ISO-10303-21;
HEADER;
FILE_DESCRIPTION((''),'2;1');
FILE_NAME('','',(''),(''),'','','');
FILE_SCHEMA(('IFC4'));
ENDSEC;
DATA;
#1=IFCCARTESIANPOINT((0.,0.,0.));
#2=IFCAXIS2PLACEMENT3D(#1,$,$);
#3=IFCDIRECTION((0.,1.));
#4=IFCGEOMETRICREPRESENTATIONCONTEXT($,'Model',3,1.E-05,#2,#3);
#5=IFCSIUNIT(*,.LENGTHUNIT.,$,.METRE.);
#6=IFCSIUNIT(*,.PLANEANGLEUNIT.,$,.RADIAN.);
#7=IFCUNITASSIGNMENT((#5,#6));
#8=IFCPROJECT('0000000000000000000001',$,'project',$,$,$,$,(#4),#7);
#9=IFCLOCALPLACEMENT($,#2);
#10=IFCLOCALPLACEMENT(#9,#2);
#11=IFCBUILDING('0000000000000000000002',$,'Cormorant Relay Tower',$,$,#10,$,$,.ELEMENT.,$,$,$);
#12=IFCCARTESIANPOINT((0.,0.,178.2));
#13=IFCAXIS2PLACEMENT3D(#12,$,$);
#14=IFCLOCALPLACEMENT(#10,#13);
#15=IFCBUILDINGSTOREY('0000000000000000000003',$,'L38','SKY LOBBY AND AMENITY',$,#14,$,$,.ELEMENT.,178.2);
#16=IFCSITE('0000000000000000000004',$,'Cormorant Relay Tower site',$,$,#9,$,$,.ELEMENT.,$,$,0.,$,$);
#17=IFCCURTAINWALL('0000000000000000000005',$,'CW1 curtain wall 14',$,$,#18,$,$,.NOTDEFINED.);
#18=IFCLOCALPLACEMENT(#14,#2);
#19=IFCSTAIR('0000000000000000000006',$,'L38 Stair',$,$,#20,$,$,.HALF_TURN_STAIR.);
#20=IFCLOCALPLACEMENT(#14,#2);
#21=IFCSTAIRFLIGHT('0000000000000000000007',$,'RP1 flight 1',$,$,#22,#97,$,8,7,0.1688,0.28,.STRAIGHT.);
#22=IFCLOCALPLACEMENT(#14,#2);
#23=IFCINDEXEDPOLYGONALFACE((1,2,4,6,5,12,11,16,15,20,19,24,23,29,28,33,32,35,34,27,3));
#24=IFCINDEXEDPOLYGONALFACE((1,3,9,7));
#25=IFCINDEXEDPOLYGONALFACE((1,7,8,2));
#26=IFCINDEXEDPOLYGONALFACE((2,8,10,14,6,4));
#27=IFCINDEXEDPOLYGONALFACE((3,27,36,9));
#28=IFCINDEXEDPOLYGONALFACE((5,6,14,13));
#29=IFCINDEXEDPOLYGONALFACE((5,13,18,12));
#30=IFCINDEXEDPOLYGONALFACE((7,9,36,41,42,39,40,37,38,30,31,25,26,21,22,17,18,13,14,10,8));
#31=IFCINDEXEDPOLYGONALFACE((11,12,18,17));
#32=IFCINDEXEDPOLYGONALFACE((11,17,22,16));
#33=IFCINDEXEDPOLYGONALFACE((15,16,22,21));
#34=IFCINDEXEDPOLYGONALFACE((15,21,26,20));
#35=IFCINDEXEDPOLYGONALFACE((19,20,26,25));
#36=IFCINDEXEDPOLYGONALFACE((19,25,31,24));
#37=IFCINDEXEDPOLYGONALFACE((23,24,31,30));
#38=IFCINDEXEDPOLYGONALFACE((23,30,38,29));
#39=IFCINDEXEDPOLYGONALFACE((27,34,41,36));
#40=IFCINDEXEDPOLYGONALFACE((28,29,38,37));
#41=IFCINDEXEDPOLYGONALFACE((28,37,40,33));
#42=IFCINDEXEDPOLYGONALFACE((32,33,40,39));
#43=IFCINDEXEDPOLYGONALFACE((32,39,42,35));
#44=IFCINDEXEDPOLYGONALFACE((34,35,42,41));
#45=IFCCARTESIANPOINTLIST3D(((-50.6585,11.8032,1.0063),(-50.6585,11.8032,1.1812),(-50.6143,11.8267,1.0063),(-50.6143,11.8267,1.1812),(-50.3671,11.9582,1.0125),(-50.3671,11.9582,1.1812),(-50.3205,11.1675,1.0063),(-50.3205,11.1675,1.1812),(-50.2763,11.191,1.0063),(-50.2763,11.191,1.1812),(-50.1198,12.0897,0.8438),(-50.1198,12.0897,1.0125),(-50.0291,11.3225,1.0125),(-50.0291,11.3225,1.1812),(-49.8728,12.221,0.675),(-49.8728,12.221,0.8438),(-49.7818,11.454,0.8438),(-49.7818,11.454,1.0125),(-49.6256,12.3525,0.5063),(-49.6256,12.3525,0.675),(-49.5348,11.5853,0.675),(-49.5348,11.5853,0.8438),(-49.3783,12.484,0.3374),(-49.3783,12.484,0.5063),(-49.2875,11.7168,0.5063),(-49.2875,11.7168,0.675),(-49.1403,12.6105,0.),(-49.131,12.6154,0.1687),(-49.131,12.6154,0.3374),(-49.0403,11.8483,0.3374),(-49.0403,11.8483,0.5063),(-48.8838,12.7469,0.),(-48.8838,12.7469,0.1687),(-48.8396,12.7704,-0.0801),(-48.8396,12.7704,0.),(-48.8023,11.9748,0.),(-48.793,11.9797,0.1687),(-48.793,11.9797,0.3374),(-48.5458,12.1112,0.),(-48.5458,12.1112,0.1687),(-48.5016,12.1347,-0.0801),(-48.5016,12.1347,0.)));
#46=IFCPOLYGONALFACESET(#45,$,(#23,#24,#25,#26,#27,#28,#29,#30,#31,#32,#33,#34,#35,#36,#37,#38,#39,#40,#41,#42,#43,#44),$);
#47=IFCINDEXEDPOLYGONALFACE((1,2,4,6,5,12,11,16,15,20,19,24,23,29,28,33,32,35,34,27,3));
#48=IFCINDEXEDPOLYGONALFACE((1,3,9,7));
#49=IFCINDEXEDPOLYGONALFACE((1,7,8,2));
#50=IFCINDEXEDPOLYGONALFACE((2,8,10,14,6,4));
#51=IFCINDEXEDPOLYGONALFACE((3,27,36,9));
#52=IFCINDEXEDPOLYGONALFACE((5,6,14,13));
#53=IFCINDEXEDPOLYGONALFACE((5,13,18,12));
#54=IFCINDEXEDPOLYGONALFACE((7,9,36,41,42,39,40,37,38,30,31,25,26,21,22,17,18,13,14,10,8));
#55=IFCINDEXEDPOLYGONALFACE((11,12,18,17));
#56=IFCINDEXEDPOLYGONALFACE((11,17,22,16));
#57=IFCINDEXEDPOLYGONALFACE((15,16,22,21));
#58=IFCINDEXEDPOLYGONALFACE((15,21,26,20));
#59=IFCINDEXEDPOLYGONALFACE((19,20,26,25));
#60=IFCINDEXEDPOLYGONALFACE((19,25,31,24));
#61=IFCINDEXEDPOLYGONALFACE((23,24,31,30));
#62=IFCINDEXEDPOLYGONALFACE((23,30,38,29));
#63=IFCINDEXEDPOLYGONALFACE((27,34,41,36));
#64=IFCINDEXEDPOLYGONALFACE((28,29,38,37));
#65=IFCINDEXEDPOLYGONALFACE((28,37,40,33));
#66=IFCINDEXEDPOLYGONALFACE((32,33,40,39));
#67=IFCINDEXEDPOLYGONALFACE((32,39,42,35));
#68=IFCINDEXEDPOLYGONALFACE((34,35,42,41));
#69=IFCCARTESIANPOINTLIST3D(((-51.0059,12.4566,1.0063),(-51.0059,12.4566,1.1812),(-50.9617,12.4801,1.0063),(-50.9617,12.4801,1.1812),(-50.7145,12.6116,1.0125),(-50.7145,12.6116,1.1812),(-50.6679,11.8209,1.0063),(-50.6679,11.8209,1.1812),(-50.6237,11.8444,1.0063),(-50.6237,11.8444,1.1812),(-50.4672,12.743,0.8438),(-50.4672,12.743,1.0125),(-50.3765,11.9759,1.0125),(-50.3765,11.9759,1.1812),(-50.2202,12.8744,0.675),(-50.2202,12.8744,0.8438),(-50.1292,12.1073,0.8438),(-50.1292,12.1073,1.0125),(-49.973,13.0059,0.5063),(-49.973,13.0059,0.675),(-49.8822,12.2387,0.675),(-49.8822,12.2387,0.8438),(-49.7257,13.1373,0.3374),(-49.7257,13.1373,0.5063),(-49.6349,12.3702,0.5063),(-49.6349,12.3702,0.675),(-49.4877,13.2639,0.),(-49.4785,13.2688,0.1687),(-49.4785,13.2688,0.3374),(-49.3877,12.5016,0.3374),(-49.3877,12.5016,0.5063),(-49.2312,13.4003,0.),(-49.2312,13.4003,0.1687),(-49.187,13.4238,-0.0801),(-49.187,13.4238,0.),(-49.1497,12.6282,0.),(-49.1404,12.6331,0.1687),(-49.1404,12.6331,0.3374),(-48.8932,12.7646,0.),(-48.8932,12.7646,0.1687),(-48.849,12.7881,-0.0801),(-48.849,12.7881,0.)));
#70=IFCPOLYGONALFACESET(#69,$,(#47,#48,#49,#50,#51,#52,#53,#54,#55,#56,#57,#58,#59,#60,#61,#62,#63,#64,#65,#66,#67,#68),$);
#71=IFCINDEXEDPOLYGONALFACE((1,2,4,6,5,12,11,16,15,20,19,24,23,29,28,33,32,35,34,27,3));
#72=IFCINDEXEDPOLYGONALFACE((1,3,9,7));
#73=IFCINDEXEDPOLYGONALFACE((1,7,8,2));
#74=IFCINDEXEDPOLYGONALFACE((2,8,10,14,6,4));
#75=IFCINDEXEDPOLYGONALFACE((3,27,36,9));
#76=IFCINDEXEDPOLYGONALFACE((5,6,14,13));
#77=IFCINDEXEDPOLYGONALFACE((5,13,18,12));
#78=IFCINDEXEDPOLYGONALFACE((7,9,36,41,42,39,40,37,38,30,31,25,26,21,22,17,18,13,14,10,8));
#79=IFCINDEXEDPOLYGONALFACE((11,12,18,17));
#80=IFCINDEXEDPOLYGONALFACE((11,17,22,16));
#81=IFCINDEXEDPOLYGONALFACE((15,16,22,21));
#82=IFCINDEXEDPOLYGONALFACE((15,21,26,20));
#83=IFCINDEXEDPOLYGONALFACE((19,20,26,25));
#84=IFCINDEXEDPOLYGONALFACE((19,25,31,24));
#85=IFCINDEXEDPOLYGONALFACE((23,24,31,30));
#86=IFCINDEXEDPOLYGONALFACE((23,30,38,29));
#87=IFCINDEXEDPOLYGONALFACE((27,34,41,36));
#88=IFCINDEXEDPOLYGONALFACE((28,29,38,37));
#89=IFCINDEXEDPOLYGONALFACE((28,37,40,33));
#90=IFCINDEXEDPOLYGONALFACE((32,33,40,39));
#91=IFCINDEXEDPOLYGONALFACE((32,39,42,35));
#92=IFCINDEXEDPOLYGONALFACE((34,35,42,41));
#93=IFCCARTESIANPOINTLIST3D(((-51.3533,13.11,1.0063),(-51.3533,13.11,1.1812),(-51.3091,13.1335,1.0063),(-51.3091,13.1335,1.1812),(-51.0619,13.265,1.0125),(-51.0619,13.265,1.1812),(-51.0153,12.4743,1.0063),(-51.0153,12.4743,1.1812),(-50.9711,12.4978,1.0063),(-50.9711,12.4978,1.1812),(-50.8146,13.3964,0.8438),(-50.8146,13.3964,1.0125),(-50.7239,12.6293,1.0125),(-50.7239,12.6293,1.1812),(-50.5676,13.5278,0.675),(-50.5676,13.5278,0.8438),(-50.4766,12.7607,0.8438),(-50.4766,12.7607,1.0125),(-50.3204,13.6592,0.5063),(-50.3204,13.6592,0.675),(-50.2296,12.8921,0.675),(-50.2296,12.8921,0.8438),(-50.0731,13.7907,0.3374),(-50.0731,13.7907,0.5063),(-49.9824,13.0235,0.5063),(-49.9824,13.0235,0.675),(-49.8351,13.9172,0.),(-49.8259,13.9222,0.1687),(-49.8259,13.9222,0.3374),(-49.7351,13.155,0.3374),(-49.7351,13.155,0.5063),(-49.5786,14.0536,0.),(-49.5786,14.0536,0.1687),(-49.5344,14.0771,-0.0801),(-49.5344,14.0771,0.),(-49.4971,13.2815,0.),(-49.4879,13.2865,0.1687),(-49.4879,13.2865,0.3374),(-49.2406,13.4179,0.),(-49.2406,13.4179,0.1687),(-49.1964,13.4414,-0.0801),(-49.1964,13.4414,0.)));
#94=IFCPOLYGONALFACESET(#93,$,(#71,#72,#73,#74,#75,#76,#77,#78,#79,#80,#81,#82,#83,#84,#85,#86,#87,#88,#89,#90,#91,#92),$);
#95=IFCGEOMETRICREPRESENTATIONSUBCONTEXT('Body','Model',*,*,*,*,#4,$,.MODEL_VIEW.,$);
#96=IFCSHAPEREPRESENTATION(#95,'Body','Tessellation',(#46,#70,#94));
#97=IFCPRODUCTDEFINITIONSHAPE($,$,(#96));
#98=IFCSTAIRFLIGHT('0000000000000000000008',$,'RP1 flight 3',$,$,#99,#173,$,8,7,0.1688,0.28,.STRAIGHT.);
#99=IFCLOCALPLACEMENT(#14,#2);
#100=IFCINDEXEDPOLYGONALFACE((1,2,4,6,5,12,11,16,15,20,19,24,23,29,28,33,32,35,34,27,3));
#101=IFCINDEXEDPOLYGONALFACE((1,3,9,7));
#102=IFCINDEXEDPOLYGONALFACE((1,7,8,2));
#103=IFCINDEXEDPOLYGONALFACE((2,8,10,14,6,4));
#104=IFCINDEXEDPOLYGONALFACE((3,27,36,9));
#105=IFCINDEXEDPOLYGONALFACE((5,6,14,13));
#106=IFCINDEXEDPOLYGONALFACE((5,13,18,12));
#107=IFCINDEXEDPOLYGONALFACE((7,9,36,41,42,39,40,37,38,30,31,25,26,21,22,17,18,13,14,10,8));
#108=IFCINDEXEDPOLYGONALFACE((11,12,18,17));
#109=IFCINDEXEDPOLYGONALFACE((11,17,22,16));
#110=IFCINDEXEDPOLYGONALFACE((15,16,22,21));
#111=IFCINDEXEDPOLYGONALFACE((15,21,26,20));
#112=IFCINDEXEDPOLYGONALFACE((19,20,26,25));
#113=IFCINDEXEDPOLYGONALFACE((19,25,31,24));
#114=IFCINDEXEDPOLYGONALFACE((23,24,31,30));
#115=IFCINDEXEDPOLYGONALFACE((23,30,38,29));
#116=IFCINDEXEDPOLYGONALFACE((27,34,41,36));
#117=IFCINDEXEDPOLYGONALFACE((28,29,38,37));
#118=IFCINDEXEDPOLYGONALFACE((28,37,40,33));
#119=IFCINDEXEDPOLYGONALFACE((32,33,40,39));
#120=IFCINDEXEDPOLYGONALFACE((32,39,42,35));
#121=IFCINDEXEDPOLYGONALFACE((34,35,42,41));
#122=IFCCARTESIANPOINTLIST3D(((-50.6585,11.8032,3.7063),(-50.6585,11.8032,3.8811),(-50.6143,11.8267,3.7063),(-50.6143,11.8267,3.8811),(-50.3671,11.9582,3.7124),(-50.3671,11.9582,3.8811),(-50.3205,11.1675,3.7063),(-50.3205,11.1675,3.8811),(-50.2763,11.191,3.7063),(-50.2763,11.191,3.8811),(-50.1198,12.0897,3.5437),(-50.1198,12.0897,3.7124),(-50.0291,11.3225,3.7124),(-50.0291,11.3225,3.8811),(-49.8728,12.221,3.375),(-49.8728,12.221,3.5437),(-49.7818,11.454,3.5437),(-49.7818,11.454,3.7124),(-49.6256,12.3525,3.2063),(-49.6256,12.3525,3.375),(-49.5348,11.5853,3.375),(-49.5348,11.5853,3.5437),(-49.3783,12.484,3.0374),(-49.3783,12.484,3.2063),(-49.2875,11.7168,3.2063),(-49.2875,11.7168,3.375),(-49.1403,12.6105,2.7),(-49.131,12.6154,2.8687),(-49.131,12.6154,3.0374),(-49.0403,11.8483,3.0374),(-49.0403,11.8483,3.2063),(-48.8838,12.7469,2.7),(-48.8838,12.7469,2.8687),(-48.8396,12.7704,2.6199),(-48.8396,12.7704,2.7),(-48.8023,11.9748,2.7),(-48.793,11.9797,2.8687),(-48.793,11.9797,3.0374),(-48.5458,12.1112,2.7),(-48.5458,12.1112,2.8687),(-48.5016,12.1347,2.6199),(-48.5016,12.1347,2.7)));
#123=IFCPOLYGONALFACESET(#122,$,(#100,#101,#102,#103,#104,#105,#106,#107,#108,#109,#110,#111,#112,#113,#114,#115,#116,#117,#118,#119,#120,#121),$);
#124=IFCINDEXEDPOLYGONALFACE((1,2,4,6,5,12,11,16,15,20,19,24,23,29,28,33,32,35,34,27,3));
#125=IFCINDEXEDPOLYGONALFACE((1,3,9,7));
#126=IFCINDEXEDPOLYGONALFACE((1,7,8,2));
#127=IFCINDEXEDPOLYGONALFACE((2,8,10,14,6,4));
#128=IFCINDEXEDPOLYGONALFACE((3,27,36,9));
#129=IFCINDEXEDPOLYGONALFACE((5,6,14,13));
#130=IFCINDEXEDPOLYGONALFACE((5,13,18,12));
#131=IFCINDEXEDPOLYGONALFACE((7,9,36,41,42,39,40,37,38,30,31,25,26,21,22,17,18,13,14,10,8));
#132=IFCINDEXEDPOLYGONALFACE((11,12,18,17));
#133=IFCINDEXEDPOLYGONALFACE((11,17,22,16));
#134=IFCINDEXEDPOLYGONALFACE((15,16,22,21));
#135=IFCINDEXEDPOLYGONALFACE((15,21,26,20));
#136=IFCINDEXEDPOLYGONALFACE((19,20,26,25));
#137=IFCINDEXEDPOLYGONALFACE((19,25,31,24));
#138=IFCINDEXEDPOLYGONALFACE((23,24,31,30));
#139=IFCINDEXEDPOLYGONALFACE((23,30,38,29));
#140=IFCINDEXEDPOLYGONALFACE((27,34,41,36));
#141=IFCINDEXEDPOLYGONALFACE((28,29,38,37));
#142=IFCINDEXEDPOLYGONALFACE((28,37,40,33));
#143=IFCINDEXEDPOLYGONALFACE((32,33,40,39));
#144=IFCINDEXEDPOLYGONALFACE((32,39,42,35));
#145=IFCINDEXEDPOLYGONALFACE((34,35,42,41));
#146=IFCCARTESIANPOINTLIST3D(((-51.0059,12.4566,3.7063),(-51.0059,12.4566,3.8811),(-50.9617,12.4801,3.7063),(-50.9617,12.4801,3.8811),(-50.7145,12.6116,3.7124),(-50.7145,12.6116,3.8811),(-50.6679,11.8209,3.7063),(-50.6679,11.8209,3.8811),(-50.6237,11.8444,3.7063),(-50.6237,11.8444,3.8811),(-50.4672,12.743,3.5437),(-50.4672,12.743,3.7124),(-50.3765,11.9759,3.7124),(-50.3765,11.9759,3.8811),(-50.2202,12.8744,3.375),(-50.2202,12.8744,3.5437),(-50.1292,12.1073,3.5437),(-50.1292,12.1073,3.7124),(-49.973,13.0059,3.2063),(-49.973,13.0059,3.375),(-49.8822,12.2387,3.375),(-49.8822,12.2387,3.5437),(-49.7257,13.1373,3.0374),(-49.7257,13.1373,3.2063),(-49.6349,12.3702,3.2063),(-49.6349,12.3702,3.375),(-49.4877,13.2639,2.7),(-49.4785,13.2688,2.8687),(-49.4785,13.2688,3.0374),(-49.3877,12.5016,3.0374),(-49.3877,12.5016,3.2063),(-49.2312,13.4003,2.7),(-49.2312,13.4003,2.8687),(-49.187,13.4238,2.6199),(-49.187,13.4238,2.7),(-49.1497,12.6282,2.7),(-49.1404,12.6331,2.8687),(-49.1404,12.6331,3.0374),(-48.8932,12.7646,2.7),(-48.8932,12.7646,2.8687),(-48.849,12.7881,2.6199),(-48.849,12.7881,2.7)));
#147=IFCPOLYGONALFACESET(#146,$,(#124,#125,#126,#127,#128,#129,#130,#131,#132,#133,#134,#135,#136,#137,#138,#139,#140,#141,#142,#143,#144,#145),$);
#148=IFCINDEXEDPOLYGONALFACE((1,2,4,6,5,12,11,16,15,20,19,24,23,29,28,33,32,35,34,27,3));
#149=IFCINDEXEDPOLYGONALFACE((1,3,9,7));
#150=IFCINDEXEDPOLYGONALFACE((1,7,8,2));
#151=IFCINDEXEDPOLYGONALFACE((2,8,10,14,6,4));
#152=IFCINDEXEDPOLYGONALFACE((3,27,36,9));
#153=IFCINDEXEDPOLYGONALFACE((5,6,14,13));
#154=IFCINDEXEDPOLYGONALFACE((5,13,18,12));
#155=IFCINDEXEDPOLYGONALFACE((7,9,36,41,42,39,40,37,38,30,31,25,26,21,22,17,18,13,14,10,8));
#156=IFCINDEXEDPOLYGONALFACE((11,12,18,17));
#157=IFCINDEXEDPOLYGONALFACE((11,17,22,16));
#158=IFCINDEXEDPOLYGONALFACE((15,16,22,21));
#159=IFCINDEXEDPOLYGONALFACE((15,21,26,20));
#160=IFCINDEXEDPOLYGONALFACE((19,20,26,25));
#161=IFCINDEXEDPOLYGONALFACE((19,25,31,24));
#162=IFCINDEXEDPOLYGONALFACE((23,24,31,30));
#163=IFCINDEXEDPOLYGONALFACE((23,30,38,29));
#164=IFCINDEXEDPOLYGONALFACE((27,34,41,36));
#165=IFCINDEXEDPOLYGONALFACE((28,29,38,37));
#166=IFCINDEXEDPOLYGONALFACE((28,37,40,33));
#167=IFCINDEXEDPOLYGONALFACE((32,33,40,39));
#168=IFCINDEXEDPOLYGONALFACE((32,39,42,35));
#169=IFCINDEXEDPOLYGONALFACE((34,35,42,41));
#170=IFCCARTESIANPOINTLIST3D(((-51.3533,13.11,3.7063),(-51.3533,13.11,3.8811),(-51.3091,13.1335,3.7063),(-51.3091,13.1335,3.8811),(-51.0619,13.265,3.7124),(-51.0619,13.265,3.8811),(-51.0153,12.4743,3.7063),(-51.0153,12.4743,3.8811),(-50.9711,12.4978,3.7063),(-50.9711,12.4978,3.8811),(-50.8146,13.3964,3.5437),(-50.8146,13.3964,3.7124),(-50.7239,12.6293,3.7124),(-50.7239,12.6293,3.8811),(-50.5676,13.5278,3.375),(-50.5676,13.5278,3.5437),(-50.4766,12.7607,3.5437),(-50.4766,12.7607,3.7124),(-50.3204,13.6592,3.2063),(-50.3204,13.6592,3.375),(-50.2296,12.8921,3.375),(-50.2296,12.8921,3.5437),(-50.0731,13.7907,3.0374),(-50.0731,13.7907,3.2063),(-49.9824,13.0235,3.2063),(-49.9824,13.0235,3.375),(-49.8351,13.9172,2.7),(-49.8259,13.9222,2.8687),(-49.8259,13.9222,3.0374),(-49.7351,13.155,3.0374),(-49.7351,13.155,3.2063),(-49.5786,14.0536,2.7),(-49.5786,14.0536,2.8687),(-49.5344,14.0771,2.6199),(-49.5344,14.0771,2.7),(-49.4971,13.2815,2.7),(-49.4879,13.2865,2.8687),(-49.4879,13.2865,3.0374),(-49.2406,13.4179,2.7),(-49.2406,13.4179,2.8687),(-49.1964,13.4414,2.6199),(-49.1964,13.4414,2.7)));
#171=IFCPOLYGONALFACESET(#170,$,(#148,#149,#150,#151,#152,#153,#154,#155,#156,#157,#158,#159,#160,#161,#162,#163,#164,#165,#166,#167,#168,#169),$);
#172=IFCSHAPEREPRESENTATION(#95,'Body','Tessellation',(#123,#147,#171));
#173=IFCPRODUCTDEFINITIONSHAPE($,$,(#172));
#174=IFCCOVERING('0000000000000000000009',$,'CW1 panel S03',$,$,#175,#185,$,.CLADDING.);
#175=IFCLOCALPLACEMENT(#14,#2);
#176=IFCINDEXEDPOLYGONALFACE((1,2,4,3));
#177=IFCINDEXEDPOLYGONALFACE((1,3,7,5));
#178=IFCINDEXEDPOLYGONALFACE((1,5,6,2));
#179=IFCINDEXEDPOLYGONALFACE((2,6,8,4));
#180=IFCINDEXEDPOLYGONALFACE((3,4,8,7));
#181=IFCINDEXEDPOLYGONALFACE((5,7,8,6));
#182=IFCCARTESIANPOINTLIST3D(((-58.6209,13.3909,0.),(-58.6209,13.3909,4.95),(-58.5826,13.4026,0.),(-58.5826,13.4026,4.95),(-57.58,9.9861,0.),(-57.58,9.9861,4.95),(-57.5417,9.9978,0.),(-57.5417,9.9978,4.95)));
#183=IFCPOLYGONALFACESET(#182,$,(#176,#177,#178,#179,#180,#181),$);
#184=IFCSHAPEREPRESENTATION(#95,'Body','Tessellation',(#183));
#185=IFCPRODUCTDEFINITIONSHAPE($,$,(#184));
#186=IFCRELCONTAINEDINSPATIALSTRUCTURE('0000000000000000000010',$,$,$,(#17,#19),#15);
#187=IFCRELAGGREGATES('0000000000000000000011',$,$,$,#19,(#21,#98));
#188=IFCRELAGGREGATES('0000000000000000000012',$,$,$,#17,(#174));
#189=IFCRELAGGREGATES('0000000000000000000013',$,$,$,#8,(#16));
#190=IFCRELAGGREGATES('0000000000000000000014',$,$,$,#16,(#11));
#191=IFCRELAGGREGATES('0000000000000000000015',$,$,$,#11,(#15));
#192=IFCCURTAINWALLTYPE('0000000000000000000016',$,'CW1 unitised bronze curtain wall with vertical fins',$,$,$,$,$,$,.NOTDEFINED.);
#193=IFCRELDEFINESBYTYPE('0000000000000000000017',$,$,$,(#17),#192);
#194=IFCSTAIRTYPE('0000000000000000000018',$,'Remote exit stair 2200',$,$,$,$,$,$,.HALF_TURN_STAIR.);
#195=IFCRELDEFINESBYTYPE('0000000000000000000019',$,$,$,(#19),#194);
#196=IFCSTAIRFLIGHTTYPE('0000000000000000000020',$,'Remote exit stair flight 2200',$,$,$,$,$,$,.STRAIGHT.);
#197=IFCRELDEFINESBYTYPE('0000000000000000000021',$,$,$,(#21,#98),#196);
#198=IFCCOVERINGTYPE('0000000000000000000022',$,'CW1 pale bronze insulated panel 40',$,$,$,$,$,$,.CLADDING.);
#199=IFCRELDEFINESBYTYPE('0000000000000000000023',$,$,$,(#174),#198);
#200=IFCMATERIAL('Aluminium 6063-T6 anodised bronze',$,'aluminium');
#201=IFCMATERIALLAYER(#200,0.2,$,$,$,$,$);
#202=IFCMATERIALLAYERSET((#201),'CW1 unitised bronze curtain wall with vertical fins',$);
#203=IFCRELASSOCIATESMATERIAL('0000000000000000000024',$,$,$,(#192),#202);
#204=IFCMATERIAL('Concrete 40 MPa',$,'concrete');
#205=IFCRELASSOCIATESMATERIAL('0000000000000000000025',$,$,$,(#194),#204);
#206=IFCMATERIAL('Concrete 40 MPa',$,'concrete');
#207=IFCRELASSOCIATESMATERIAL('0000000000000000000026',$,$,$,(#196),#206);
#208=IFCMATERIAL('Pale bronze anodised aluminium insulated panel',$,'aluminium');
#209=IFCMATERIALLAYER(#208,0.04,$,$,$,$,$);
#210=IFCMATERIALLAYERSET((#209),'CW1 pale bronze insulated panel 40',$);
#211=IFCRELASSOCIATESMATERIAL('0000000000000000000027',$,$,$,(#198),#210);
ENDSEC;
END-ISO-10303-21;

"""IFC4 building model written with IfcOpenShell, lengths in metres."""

from ifc_helpers import new_model, si_unit, direction, frame, origin, origin_2d, place, context, subcontext, project, spatial, polyline, rectangle, outline, extrude, material, layer, layer_set, type_object, element, aggregate, save


model = new_model("IFC4")

# Units and contexts
model_context = context("Model", 3, precision=1e-05, world=origin(), true_north=direction((0.0, 1.0)))
body_context = subcontext(model_context, "Body", "Model", "MODEL_VIEW")
ifc_project = project(units=[si_unit("LENGTHUNIT", "METRE"), si_unit("PLANEANGLEUNIT", "RADIAN")], contexts=[model_context])

# Site, building, storey
site_placement = place(None, origin())
site = spatial("IfcSite", under=ifc_project, at=site_placement, Name="Cormorant Relay Tower site", CompositionType="ELEMENT", RefElevation=0.0)
building_placement = place(site_placement, origin())
building = spatial("IfcBuilding", under=site, at=building_placement, Name="Cormorant Relay Tower", CompositionType="ELEMENT")
storey_placement = place(building_placement, frame((0.0, 0.0, 178.2)))
storey = spatial("IfcBuildingStorey", under=building, at=storey_placement, Name="L38", Description="SKY LOBBY AND AMENITY", CompositionType="ELEMENT", Elevation=178.2)

# Shared definitions
ifc_material_1 = material(Name="Aluminium 6063-T6 anodised bronze", Category="aluminium")
ifc_layer_1 = layer(ifc_material_1, 0.2)
ifc_layer_set_1 = layer_set([ifc_layer_1], Name="CW1 unitised bronze curtain wall with vertical fins")
curtain_wall_type = type_object("IfcCurtainWallType", Name="CW1 unitised bronze curtain wall with vertical fins", PredefinedType="NOTDEFINED", material=ifc_layer_set_1)

# Curtain wall
curtain_wall_1_placement = place(storey_placement, origin())
curtain_wall_1 = element("IfcCurtainWall", 1, at=curtain_wall_1_placement, inside=storey, type_object=curtain_wall_type, Name="CW1 curtain wall 14", PredefinedType="NOTDEFINED")

# Stair, stair flights
ifc_material_2 = material(Name="Concrete 40 MPa", Category="concrete")
stair_type = type_object("IfcStairType", Name="Remote exit stair 2200", PredefinedType="HALF_TURN_STAIR", material=ifc_material_2)
stair_placement = place(storey_placement, origin())
stair = element("IfcStair", 2, at=stair_placement, inside=storey, type_object=stair_type, Name="L38 Stair", PredefinedType="HALF_TURN_STAIR")
ifc_material_3 = material(Name="Concrete 40 MPa", Category="concrete")
stair_flight_type = type_object("IfcStairFlightType", Name="Remote exit stair flight 2200", PredefinedType="STRAIGHT", material=ifc_material_3)
stair_flight_1_placement = place(storey_placement, frame((-49.0623, 13.0825, 0.0), z_axis=(0.0, 0.0, 1.0), x_axis=(-0.882948, -0.469472, 0.0)))
stair_flight_1 = element("IfcStairFlight", 3, at=stair_flight_1_placement, type_object=stair_flight_type, Name="RP1 flight 1", NumberOfRisers=8, NumberOfTreads=7, PredefinedType="STRAIGHT", RiserHeight=0.1688, TreadLength=0.28, context=body_context, shape_type="SweptSolid", body=[
    extrude(outline(polyline([(-0.05, -0.0801), (-0.05, 0.0), (0.0, 0.0), (0.0, 0.1687), (0.28, 0.1687), (0.28, 0.3374), (0.5601, 0.3374), (0.5601, 0.5063), (0.8401, 0.5063), (0.8401, 0.675), (1.1201, 0.675), (1.1201, 0.8438), (1.3999, 0.8438), (1.3999, 1.0125), (1.6799, 1.0125), (1.6799, 1.1812), (1.96, 1.1812), (2.01, 1.1812), (2.01, 1.0063), (1.96, 1.0063), (0.2905, 0.0), (-0.05, -0.0801)])), frame((0.0, 1.1001, 0.0), z_axis=(0.0, -1.0, 0.0), x_axis=(1.0, 0.0, 0.0)), (0.0, 0.0, 1.0), 0.72),
    extrude(outline(polyline([(-0.05, -0.0801), (-0.05, 0.0), (0.0, 0.0), (0.0, 0.1687), (0.28, 0.1687), (0.28, 0.3374), (0.5601, 0.3374), (0.5601, 0.5063), (0.8401, 0.5063), (0.8401, 0.675), (1.1201, 0.675), (1.1201, 0.8438), (1.3999, 0.8438), (1.3999, 1.0125), (1.6799, 1.0125), (1.6799, 1.1812), (1.96, 1.1812), (2.01, 1.1812), (2.01, 1.0063), (1.96, 1.0063), (0.2905, 0.0), (-0.05, -0.0801)])), frame((0.0, 0.3601, 0.0), z_axis=(0.0, -1.0, 0.0), x_axis=(1.0, 0.0, 0.0)), (0.0, 0.0, 1.0), 0.72),
    extrude(outline(polyline([(-0.05, -0.0801), (-0.05, 0.0), (0.0, 0.0), (0.0, 0.1687), (0.28, 0.1687), (0.28, 0.3374), (0.5601, 0.3374), (0.5601, 0.5063), (0.8401, 0.5063), (0.8401, 0.675), (1.1201, 0.675), (1.1201, 0.8438), (1.3999, 0.8438), (1.3999, 1.0125), (1.6799, 1.0125), (1.6799, 1.1812), (1.96, 1.1812), (2.01, 1.1812), (2.01, 1.0063), (1.96, 1.0063), (0.2905, 0.0), (-0.05, -0.0801)])), frame((0.0, -0.3799, 0.0), z_axis=(0.0, -1.0, 0.0), x_axis=(1.0, 0.0, 0.0)), (0.0, 0.0, 1.0), 0.72),
])
stair_flight_2_placement = place(storey_placement, frame((-49.0623, 13.0825, 2.7), z_axis=(0.0, 0.0, 1.0), x_axis=(-0.882948, -0.469472, 0.0)))
stair_flight_2 = element("IfcStairFlight", 4, at=stair_flight_2_placement, type_object=stair_flight_type, Name="RP1 flight 3", NumberOfRisers=8, NumberOfTreads=7, PredefinedType="STRAIGHT", RiserHeight=0.1688, TreadLength=0.28, context=body_context, shape_type="SweptSolid", body=[
    extrude(outline(polyline([(-0.05, -0.0801), (-0.05, 0.0), (0.0, 0.0), (0.0, 0.1687), (0.28, 0.1687), (0.28, 0.3374), (0.5601, 0.3374), (0.5601, 0.5063), (0.8401, 0.5063), (0.8401, 0.675), (1.1201, 0.675), (1.1201, 0.8438), (1.3999, 0.8438), (1.3999, 1.0125), (1.6799, 1.0125), (1.6799, 1.1812), (1.96, 1.1812), (2.01, 1.1812), (2.01, 1.0063), (1.96, 1.0063), (0.2905, 0.0), (-0.05, -0.0801)])), frame((0.0, 1.1001, 0.0), z_axis=(0.0, -1.0, 0.0), x_axis=(1.0, 0.0, 0.0)), (0.0, 0.0, 1.0), 0.72),
    extrude(outline(polyline([(-0.05, -0.0801), (-0.05, 0.0), (0.0, 0.0), (0.0, 0.1687), (0.28, 0.1687), (0.28, 0.3374), (0.5601, 0.3374), (0.5601, 0.5063), (0.8401, 0.5063), (0.8401, 0.675), (1.1201, 0.675), (1.1201, 0.8438), (1.3999, 0.8438), (1.3999, 1.0125), (1.6799, 1.0125), (1.6799, 1.1812), (1.96, 1.1812), (2.01, 1.1812), (2.01, 1.0063), (1.96, 1.0063), (0.2905, 0.0), (-0.05, -0.0801)])), frame((0.0, 0.3601, 0.0), z_axis=(0.0, -1.0, 0.0), x_axis=(1.0, 0.0, 0.0)), (0.0, 0.0, 1.0), 0.72),
    extrude(outline(polyline([(-0.05, -0.0801), (-0.05, 0.0), (0.0, 0.0), (0.0, 0.1687), (0.28, 0.1687), (0.28, 0.3374), (0.5601, 0.3374), (0.5601, 0.5063), (0.8401, 0.5063), (0.8401, 0.675), (1.1201, 0.675), (1.1201, 0.8438), (1.3999, 0.8438), (1.3999, 1.0125), (1.6799, 1.0125), (1.6799, 1.1812), (1.96, 1.1812), (2.01, 1.1812), (2.01, 1.0063), (1.96, 1.0063), (0.2905, 0.0), (-0.05, -0.0801)])), frame((0.0, -0.3799, 0.0), z_axis=(0.0, -1.0, 0.0), x_axis=(1.0, 0.0, 0.0)), (0.0, 0.0, 1.0), 0.72),
])
aggregate(stair, [stair_flight_1, stair_flight_2])

# Covering
ifc_material_4 = material(Name="Pale bronze anodised aluminium insulated panel", Category="aluminium")
ifc_layer_2 = layer(ifc_material_4, 0.04)
ifc_layer_set_2 = layer_set([ifc_layer_2], Name="CW1 pale bronze insulated panel 40")
covering_type = type_object("IfcCoveringType", Name="CW1 pale bronze insulated panel 40", PredefinedType="CLADDING", material=ifc_layer_set_2)
covering_1_placement = place(storey_placement, frame((-58.0813, 11.6943, 0.0), z_axis=(0.0, 0.0, 1.0), x_axis=(0.292372, -0.956305, 0.0)))
covering_1 = element("IfcCovering", 5, at=covering_1_placement, type_object=covering_type, Name="CW1 panel S03", PredefinedType="CLADDING", context=body_context, shape_type="SweptSolid", body=[
    extrude(rectangle(XDim=3.5603, YDim=0.04, at=origin_2d()), origin(), (0.0, 0.0, 1.0), 4.95),
])
aggregate(curtain_wall_1, [covering_1])

save(model, "model.ifc")
